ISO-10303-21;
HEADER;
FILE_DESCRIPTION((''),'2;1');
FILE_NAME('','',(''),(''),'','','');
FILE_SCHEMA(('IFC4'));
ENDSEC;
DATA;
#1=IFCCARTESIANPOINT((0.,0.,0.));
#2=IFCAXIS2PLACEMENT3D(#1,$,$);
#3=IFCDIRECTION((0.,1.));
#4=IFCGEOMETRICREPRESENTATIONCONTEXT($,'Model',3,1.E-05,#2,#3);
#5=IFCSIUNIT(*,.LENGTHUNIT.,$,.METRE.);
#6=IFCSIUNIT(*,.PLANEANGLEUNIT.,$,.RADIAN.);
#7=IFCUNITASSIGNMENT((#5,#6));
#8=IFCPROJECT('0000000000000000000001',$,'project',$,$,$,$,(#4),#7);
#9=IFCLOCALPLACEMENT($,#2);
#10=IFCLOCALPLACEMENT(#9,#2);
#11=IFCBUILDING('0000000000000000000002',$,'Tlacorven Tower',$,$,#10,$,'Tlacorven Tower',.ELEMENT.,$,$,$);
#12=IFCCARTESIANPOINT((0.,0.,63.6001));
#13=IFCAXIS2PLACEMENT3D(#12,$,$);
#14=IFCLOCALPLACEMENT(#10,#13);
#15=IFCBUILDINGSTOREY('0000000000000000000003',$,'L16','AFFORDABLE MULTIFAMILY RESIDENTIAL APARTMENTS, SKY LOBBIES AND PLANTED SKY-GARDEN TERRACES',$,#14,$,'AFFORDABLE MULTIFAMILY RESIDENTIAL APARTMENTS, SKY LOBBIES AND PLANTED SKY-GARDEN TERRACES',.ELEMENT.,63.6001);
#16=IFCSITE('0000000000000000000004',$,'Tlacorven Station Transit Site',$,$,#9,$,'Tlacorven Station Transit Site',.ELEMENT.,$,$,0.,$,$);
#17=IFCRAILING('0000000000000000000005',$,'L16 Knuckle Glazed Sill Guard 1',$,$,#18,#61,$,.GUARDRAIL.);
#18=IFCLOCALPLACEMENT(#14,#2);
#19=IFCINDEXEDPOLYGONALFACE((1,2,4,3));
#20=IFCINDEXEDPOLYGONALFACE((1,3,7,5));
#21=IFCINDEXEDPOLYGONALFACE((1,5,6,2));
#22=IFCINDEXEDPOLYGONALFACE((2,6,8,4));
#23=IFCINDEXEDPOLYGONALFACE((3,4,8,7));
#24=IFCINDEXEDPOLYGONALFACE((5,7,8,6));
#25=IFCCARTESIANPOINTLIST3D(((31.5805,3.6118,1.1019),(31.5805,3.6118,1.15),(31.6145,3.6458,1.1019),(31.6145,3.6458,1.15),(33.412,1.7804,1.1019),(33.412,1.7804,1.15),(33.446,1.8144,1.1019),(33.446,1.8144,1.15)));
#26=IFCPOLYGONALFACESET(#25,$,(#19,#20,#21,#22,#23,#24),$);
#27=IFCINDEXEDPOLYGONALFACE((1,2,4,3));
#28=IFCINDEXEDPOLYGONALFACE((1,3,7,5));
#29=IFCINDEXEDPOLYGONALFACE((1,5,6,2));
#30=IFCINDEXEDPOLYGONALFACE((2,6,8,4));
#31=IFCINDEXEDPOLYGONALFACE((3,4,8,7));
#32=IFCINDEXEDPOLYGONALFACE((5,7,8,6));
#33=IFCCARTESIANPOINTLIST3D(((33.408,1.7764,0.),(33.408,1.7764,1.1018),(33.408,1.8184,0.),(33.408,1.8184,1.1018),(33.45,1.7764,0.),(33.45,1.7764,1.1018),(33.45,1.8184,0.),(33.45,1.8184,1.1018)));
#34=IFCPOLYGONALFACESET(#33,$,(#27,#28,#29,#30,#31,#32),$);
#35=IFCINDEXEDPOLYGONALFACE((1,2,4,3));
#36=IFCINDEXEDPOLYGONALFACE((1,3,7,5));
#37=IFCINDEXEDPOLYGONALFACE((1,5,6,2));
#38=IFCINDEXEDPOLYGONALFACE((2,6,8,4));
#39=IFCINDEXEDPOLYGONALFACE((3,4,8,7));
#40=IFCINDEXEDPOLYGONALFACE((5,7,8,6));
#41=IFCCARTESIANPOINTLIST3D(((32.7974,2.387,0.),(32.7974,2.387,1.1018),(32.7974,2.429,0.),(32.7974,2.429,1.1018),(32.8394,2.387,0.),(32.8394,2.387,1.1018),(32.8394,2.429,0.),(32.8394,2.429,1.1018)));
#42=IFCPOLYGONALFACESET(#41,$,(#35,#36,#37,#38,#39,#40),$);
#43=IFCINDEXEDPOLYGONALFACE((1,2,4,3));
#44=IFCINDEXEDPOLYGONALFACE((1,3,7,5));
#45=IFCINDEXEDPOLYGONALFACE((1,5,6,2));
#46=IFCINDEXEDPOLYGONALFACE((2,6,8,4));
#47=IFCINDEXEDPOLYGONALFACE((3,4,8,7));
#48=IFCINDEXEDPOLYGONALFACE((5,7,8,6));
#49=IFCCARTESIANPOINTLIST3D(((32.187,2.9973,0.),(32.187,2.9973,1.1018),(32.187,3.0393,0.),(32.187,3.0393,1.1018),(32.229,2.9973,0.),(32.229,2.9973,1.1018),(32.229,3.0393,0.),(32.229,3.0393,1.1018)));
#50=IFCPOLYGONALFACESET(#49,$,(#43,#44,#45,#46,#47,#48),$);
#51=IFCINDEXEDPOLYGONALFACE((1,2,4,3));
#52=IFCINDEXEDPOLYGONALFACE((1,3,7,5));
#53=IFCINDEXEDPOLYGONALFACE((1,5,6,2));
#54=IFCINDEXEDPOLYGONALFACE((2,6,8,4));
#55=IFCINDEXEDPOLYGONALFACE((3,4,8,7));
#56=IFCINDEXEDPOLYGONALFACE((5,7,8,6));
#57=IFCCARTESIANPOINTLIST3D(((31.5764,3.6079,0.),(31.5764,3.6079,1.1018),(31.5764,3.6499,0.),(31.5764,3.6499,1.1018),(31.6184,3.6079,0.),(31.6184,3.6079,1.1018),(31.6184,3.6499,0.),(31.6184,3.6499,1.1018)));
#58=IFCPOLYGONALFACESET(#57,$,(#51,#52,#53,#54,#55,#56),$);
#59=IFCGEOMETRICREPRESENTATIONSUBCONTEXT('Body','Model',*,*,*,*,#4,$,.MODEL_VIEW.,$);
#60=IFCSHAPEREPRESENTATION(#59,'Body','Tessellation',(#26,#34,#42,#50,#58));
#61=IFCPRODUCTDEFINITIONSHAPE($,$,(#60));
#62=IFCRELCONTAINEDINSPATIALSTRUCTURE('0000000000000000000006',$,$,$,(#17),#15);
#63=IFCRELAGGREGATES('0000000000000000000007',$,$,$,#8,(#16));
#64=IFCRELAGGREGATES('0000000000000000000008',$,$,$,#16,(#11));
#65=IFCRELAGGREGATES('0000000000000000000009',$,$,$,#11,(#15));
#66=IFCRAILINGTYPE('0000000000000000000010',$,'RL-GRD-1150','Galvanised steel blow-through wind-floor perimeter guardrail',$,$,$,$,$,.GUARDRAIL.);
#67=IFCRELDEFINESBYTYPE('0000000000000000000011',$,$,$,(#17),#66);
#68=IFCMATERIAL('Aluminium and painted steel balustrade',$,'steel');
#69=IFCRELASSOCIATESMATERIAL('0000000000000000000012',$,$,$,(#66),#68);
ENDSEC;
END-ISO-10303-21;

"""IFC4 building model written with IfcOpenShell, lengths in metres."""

from ifc_helpers import new_model, si_unit, direction, frame, origin, origin_2d, place, context, subcontext, project, spatial, rectangle, extrude, source, transform, mapped, material, type_object, element, save


model = new_model("IFC4")

# Units and contexts
model_context = context("Model", 3, precision=1e-05, world=origin(), true_north=direction((0.0, 1.0)))
body_context = subcontext(model_context, "Body", "Model", "MODEL_VIEW")
ifc_project = project(units=[si_unit("LENGTHUNIT", "METRE"), si_unit("PLANEANGLEUNIT", "RADIAN")], contexts=[model_context])

# Site, building, storey
site_placement = place(None, origin())
site = spatial("IfcSite", under=ifc_project, at=site_placement, Name="Tlacorven Station Transit Site", LongName="Tlacorven Station Transit Site", CompositionType="ELEMENT", RefElevation=0.0)
building_placement = place(site_placement, origin())
building = spatial("IfcBuilding", under=site, at=building_placement, Name="Tlacorven Tower", LongName="Tlacorven Tower", CompositionType="ELEMENT")
storey_placement = place(building_placement, frame((0.0, 0.0, 63.6001)))
storey = spatial("IfcBuildingStorey", under=building, at=storey_placement, Name="L16", Description="AFFORDABLE MULTIFAMILY RESIDENTIAL APARTMENTS, SKY LOBBIES AND PLANTED SKY-GARDEN TERRACES", LongName="AFFORDABLE MULTIFAMILY RESIDENTIAL APARTMENTS, SKY LOBBIES AND PLANTED SKY-GARDEN TERRACES", CompositionType="ELEMENT", Elevation=63.6001)

# Railing
ifc_material_1 = material(Name="Aluminium and painted steel balustrade", Category="steel")
railing_type = type_object("IfcRailingType", Name="RL-GRD-1150", Description="Galvanised steel blow-through wind-floor perimeter guardrail", PredefinedType="GUARDRAIL", material=ifc_material_1)
shared_shape_1 = source(origin(), body_context, "Body", "SweptSolid", [
    extrude(rectangle(XDim=0.0481, YDim=0.0481, at=origin_2d()), frame((0.0, 0.0, 1.126), z_axis=(-0.707107, 0.707107, 0.0), x_axis=(-0.707107, -0.707107, 0.0)), (0.0, 0.0, 1.0), 2.5901),
    extrude(rectangle(XDim=0.042, YDim=0.042, at=origin_2d()), origin(), (0.0, 0.0, 1.0), 1.1018),
    extrude(rectangle(XDim=0.042, YDim=0.042, at=origin_2d()), frame((-0.6106, 0.6106, 0.0)), (0.0, 0.0, 1.0), 1.1018),
    extrude(rectangle(XDim=0.042, YDim=0.042, at=origin_2d()), frame((-1.2209, 1.2209, 0.0)), (0.0, 0.0, 1.0), 1.1018),
    extrude(rectangle(XDim=0.042, YDim=0.042, at=origin_2d()), frame((-1.8315, 1.8315, 0.0)), (0.0, 0.0, 1.0), 1.1018),
])
railing_placement = place(storey_placement, frame((33.429, 1.7974, 0.0)))
element("IfcRailing", 1, at=railing_placement, inside=storey, type_object=railing_type, Name="L16 Knuckle Glazed Sill Guard 1", PredefinedType="GUARDRAIL", context=body_context, shape_type="MappedRepresentation", body=[
    mapped(shared_shape_1, transform((0.0, 0.0, 0.0), scale=1.0)),
])

save(model, "model.ifc")
